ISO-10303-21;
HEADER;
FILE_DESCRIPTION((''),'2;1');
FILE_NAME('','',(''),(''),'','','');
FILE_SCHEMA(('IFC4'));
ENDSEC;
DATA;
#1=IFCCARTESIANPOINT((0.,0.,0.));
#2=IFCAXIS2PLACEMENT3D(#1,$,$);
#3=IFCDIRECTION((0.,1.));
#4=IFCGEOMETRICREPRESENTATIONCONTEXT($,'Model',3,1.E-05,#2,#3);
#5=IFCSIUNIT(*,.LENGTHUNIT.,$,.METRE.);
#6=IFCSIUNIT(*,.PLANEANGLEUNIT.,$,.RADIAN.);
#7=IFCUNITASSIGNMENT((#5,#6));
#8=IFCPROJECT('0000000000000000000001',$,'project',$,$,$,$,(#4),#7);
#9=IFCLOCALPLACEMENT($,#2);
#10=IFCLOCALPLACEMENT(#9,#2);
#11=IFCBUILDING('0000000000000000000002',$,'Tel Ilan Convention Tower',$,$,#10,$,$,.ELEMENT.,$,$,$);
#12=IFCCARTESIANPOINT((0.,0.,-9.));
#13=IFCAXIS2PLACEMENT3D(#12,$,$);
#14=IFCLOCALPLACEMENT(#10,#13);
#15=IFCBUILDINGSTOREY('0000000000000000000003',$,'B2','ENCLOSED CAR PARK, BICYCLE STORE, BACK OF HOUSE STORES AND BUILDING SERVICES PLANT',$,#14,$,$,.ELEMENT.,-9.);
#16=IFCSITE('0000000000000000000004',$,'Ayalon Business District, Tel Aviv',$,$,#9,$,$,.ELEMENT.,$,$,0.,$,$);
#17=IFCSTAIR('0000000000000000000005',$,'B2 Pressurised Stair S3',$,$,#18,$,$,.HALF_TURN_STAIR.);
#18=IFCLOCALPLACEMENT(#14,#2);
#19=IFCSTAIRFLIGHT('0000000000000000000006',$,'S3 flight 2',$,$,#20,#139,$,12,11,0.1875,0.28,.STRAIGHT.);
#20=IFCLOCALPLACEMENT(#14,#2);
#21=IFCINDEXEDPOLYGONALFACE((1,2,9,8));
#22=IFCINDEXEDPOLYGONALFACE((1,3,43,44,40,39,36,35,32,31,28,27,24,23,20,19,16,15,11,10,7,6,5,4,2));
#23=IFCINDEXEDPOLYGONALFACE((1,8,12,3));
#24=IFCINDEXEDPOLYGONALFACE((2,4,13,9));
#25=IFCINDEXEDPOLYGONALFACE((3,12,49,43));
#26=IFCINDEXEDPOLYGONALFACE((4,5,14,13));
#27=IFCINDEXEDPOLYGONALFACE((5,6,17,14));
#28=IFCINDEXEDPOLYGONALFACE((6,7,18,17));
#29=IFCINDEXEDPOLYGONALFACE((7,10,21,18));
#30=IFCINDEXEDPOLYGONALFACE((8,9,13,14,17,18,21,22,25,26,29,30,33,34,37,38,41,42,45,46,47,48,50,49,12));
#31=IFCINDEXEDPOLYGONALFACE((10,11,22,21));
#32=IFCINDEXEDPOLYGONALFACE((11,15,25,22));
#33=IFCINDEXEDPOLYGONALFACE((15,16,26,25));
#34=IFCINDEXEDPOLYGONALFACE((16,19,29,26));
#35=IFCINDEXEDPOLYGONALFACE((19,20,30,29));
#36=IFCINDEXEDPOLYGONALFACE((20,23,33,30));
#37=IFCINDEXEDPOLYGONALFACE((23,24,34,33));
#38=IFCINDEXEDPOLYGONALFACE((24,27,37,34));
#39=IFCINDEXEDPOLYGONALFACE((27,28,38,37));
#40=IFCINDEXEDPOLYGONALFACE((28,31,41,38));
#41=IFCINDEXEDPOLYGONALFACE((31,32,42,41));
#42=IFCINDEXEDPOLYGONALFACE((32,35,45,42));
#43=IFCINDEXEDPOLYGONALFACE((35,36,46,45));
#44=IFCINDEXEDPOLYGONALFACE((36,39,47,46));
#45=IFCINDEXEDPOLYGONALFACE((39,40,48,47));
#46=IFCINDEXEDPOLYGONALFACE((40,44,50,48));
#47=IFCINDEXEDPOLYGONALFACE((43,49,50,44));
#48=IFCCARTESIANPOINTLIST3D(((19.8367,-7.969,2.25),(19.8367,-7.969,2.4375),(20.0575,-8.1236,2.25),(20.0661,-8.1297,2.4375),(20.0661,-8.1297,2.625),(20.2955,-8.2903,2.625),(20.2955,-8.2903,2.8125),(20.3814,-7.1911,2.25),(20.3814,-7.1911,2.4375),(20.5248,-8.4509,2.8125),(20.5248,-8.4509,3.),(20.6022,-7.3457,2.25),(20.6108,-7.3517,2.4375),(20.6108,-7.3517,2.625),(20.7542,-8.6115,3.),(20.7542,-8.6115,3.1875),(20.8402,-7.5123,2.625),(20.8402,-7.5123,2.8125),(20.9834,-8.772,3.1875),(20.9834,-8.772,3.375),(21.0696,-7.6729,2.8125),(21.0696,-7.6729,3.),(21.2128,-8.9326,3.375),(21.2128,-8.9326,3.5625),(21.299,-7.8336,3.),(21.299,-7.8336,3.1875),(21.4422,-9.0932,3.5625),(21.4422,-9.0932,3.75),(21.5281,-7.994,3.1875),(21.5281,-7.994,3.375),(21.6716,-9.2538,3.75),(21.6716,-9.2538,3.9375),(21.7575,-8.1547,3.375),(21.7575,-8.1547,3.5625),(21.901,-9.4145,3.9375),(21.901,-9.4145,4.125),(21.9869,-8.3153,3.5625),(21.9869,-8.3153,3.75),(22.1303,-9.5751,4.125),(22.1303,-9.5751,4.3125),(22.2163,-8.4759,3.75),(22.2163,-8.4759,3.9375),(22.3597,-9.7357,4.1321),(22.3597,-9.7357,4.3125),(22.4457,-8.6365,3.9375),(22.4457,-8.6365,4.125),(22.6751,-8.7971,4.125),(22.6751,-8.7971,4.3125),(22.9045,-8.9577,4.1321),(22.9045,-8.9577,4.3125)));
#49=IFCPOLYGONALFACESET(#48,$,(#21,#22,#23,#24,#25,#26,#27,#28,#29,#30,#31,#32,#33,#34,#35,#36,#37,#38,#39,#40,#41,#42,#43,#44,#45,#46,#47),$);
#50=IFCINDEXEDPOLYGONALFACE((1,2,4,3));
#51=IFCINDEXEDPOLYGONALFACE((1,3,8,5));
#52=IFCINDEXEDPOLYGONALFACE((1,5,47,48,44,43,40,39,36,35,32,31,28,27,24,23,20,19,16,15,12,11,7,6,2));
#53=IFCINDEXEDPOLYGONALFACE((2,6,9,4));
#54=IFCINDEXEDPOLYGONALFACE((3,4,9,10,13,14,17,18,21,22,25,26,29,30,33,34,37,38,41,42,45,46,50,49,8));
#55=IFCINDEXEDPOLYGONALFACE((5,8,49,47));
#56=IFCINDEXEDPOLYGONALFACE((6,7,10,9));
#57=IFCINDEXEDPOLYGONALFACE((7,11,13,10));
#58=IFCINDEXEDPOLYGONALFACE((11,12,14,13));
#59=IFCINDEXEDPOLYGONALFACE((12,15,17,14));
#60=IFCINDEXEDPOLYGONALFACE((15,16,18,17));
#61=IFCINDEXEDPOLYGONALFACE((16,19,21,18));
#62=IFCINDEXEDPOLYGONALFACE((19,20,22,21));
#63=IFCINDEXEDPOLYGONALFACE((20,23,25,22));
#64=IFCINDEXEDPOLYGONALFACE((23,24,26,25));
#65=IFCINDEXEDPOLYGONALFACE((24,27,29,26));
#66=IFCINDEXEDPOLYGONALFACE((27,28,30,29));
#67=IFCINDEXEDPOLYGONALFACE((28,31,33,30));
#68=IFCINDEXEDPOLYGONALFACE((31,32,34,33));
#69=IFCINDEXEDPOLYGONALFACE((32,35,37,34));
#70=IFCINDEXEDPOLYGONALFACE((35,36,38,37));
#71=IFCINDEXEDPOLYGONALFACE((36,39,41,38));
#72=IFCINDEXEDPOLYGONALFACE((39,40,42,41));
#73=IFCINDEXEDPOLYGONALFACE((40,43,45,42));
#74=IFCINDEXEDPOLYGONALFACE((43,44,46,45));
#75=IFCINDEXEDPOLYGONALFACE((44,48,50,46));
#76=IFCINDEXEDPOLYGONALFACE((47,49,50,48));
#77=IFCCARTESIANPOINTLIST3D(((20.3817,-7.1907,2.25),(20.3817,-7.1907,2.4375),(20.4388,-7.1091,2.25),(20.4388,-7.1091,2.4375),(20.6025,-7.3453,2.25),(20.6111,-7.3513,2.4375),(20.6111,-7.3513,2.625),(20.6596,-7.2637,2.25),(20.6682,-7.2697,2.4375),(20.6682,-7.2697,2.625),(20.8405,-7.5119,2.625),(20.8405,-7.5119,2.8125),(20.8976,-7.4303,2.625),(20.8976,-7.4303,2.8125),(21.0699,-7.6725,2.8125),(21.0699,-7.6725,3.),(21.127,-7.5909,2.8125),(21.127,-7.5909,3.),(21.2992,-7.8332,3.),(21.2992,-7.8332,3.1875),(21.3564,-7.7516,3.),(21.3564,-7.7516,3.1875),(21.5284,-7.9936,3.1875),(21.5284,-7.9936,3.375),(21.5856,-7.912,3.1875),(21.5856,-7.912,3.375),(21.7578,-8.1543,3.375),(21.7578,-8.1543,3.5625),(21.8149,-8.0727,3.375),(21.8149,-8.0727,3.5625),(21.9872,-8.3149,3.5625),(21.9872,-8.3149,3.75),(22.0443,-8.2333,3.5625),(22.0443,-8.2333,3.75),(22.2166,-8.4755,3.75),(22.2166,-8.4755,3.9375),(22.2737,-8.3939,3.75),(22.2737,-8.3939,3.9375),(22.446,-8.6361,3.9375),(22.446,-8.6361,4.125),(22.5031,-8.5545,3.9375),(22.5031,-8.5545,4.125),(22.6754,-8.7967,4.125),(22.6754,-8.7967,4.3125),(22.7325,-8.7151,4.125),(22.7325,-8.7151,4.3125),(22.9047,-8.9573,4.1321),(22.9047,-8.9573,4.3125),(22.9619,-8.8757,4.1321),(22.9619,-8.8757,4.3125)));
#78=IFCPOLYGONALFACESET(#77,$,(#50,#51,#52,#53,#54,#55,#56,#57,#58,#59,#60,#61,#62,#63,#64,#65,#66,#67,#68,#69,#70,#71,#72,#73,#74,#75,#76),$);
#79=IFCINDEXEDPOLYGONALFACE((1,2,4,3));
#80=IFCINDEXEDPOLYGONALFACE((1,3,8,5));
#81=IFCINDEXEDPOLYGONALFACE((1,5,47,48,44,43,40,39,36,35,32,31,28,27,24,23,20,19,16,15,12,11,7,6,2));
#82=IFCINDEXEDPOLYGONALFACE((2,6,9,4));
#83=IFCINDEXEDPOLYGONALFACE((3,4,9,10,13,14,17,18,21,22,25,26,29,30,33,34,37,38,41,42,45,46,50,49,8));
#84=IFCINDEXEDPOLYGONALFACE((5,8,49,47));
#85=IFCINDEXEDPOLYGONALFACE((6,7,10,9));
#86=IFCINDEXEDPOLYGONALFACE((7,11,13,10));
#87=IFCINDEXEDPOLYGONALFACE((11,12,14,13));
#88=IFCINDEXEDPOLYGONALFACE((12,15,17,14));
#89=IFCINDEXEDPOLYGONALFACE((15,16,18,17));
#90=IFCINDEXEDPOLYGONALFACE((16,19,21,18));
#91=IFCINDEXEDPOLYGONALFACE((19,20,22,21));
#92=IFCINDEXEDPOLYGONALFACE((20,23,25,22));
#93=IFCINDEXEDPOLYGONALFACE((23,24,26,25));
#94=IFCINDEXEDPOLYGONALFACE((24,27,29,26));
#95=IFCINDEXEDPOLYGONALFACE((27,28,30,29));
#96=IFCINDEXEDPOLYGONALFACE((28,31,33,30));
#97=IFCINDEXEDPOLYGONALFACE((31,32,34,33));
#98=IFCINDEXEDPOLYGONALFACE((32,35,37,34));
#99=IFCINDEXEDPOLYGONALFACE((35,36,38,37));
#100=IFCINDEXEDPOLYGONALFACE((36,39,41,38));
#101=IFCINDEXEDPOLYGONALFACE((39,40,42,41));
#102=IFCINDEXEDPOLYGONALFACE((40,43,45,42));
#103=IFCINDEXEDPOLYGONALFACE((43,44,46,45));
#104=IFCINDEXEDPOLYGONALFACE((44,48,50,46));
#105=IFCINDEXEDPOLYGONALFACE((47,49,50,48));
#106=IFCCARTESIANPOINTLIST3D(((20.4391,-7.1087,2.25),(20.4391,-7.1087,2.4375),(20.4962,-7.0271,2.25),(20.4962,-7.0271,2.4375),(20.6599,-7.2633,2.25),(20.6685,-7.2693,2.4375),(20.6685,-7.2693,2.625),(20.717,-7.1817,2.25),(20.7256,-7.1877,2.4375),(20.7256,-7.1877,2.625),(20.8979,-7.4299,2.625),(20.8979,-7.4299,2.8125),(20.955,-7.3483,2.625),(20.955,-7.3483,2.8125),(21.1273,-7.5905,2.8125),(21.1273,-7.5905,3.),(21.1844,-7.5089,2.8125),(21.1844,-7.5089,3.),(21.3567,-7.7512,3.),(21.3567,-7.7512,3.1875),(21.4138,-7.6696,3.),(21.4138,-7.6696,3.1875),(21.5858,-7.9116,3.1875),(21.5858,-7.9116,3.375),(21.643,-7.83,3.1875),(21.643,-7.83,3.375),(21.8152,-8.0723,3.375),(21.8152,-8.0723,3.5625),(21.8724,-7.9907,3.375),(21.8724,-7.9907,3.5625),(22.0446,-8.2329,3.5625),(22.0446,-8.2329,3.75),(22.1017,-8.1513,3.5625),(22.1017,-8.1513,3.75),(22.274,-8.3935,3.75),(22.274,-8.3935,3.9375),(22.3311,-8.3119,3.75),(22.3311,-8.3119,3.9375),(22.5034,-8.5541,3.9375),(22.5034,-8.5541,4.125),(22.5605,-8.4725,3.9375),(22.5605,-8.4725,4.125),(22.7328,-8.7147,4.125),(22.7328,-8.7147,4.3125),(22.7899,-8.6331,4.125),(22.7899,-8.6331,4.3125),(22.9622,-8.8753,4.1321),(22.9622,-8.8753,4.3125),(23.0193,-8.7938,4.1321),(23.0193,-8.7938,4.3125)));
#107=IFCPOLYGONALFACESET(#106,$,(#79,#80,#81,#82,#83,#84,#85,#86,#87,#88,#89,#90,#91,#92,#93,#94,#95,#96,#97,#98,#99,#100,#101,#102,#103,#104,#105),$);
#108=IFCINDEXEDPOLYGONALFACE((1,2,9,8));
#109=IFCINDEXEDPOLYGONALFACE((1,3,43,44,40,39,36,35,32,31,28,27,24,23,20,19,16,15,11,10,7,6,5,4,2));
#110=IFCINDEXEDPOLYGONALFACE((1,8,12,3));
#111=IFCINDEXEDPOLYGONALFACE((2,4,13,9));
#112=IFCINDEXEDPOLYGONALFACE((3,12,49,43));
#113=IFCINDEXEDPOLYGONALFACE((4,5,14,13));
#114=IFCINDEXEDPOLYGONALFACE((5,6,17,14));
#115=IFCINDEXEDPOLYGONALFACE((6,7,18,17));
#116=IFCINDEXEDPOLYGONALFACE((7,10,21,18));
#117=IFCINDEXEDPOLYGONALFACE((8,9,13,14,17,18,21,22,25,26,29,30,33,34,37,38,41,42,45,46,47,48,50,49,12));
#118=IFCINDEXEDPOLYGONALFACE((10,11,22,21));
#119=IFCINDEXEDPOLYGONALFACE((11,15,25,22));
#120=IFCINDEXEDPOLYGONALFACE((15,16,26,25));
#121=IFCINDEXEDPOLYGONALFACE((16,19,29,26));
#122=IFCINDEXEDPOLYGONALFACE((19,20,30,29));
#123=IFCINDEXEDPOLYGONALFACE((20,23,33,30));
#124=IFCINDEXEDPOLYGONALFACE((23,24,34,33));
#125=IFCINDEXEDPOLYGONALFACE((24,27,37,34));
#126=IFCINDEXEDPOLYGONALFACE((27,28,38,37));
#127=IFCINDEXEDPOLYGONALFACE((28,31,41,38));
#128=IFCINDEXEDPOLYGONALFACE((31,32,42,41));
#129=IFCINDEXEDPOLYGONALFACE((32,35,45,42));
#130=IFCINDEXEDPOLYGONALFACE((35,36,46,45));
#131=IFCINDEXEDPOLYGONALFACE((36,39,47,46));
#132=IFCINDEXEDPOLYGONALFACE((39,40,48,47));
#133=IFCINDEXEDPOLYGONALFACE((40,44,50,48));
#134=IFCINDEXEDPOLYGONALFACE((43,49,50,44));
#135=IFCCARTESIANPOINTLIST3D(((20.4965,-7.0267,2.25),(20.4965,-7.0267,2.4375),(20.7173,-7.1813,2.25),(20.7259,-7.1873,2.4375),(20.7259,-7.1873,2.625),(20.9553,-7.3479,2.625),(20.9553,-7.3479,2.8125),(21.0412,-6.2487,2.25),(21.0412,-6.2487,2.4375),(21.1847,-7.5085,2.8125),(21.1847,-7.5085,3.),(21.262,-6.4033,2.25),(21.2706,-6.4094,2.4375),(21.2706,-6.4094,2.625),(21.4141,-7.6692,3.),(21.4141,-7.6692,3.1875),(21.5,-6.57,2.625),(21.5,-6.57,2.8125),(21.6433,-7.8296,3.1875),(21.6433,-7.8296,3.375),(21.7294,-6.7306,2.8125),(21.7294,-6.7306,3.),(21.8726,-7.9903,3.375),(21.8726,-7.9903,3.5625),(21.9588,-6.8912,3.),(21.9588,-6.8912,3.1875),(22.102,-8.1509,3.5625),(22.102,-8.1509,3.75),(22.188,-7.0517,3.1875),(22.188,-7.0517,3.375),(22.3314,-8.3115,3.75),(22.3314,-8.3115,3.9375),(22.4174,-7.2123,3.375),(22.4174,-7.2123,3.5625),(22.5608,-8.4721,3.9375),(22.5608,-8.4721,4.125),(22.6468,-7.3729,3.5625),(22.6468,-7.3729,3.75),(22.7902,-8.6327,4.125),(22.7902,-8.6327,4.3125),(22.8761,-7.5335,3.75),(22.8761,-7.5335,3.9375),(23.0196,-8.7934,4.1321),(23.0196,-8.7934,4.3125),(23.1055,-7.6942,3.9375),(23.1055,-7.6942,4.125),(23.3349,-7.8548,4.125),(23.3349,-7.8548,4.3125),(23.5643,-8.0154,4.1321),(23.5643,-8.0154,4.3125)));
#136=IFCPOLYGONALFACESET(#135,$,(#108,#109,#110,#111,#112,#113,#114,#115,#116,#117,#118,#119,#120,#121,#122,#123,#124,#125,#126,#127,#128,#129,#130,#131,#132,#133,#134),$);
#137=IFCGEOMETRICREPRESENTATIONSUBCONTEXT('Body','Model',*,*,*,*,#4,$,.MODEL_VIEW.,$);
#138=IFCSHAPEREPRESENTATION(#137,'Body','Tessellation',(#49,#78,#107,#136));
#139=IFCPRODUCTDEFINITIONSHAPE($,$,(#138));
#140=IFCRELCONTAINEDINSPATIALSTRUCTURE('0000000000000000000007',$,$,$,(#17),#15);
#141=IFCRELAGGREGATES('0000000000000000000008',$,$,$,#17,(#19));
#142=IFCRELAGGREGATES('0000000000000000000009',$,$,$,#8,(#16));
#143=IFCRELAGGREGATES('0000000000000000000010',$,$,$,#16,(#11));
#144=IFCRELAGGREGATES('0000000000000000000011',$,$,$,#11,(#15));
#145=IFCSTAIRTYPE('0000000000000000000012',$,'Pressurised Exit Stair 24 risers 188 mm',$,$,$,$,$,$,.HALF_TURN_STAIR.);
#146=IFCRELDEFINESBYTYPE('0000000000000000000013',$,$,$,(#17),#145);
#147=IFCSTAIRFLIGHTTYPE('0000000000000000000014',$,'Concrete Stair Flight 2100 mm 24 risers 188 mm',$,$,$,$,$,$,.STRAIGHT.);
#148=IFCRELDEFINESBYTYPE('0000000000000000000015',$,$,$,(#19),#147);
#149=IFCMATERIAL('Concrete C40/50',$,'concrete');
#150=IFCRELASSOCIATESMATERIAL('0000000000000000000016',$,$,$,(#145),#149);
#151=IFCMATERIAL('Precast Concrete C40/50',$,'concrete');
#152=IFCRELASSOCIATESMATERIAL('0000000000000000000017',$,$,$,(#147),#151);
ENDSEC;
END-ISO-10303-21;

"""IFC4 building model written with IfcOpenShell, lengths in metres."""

from ifc_helpers import new_model, si_unit, direction, frame, origin, place, context, subcontext, project, spatial, polyline, outline, extrude, material, type_object, element, aggregate, save


model = new_model("IFC4")

# Units and contexts
model_context = context("Model", 3, precision=1e-05, world=origin(), true_north=direction((0.0, 1.0)))
body_context = subcontext(model_context, "Body", "Model", "MODEL_VIEW")
ifc_project = project(units=[si_unit("LENGTHUNIT", "METRE"), si_unit("PLANEANGLEUNIT", "RADIAN")], contexts=[model_context])

# Site, building, storey
site_placement = place(None, origin())
site = spatial("IfcSite", under=ifc_project, at=site_placement, Name="Ayalon Business District, Tel Aviv", CompositionType="ELEMENT", RefElevation=0.0)
building_placement = place(site_placement, origin())
building = spatial("IfcBuilding", under=site, at=building_placement, Name="Tel Ilan Convention Tower", CompositionType="ELEMENT")
storey_placement = place(building_placement, frame((0.0, 0.0, -9.0)))
storey = spatial("IfcBuildingStorey", under=building, at=storey_placement, Name="B2", Description="ENCLOSED CAR PARK, BICYCLE STORE, BACK OF HOUSE STORES AND BUILDING SERVICES PLANT", CompositionType="ELEMENT", Elevation=-9.0)

# Stair, stair flight
ifc_material_1 = material(Name="Concrete C40/50", Category="concrete")
stair_type = type_object("IfcStairType", Name="Pressurised Exit Stair 24 risers 188 mm", PredefinedType="HALF_TURN_STAIR", material=ifc_material_1)
stair_1_placement = place(storey_placement, origin())
stair_1 = element("IfcStair", 1, at=stair_1_placement, inside=storey, type_object=stair_type, Name="B2 Pressurised Stair S3", PredefinedType="HALF_TURN_STAIR")
ifc_material_2 = material(Name="Precast Concrete C40/50", Category="concrete")
stair_flight_type = type_object("IfcStairFlightType", Name="Concrete Stair Flight 2100 mm 24 risers 188 mm", PredefinedType="STRAIGHT", material=ifc_material_2)
stair_flight_1_placement = place(storey_placement, frame((20.439, -7.1089, 2.25), z_axis=(0.0, 0.0, 1.0), x_axis=(0.819152, -0.573576, 0.0)))
stair_flight_1 = element("IfcStairFlight", 2, at=stair_flight_1_placement, type_object=stair_flight_type, Name="S3 flight 2", NumberOfRisers=12, NumberOfTreads=11, PredefinedType="STRAIGHT", RiserHeight=0.1875, TreadLength=0.28, context=body_context, shape_type="SweptSolid", body=[
    extrude(outline(polyline([(0.0, 0.0), (0.0, 0.1875), (0.28, 0.1875), (0.28, 0.375), (0.5601, 0.375), (0.5601, 0.5625), (0.8401, 0.5625), (0.8401, 0.75), (1.1201, 0.75), (1.1201, 0.9375), (1.3999, 0.9375), (1.3999, 1.125), (1.6799, 1.125), (1.6799, 1.3125), (1.96, 1.3125), (1.96, 1.5), (2.24, 1.5), (2.24, 1.6875), (2.52, 1.6875), (2.52, 1.875), (2.8, 1.875), (2.8, 2.0625), (3.0801, 2.0625), (3.0801, 2.25), (3.0801, 1.8821), (0.2695, 0.0), (0.0, 0.0)])), frame((0.0, -0.1003, 0.0), z_axis=(0.0, -1.0, 0.0), x_axis=(1.0, 0.0, 0.0)), (0.0, 0.0, 1.0), 0.9497),
    extrude(outline(polyline([(0.0, 0.0), (0.0, 0.1875), (0.28, 0.1875), (0.28, 0.375), (0.5601, 0.375), (0.5601, 0.5625), (0.8401, 0.5625), (0.8401, 0.75), (1.1201, 0.75), (1.1201, 0.9375), (1.3999, 0.9375), (1.3999, 1.125), (1.6799, 1.125), (1.6799, 1.3125), (1.96, 1.3125), (1.96, 1.5), (2.24, 1.5), (2.24, 1.6875), (2.52, 1.6875), (2.52, 1.875), (2.8, 1.875), (2.8, 2.0625), (3.0801, 2.0625), (3.0801, 2.25), (3.0801, 1.8821), (0.2695, 0.0), (0.0, 0.0)])), frame((0.0, -0.0002, 0.0), z_axis=(0.0, -1.0, 0.0), x_axis=(1.0, 0.0, 0.0)), (0.0, 0.0, 1.0), 0.0996),
    extrude(outline(polyline([(0.0, 0.0), (0.0, 0.1875), (0.28, 0.1875), (0.28, 0.375), (0.5601, 0.375), (0.5601, 0.5625), (0.8401, 0.5625), (0.8401, 0.75), (1.1201, 0.75), (1.1201, 0.9375), (1.3999, 0.9375), (1.3999, 1.125), (1.6799, 1.125), (1.6799, 1.3125), (1.96, 1.3125), (1.96, 1.5), (2.24, 1.5), (2.24, 1.6875), (2.52, 1.6875), (2.52, 1.875), (2.8, 1.875), (2.8, 2.0625), (3.0801, 2.0625), (3.0801, 2.25), (3.0801, 1.8821), (0.2695, 0.0), (0.0, 0.0)])), frame((0.0, 0.0999, 0.0), z_axis=(0.0, -1.0, 0.0), x_axis=(1.0, 0.0, 0.0)), (0.0, 0.0, 1.0), 0.0996),
    extrude(outline(polyline([(0.0, 0.0), (0.0, 0.1875), (0.28, 0.1875), (0.28, 0.375), (0.5601, 0.375), (0.5601, 0.5625), (0.8401, 0.5625), (0.8401, 0.75), (1.1201, 0.75), (1.1201, 0.9375), (1.3999, 0.9375), (1.3999, 1.125), (1.6799, 1.125), (1.6799, 1.3125), (1.96, 1.3125), (1.96, 1.5), (2.24, 1.5), (2.24, 1.6875), (2.52, 1.6875), (2.52, 1.875), (2.8, 1.875), (2.8, 2.0625), (3.0801, 2.0625), (3.0801, 2.25), (3.0801, 1.8821), (0.2695, 0.0), (0.0, 0.0)])), frame((0.0, 1.05, 0.0), z_axis=(0.0, -1.0, 0.0), x_axis=(1.0, 0.0, 0.0)), (0.0, 0.0, 1.0), 0.9497),
])
aggregate(stair_1, [stair_flight_1])

save(model, "model.ifc")
